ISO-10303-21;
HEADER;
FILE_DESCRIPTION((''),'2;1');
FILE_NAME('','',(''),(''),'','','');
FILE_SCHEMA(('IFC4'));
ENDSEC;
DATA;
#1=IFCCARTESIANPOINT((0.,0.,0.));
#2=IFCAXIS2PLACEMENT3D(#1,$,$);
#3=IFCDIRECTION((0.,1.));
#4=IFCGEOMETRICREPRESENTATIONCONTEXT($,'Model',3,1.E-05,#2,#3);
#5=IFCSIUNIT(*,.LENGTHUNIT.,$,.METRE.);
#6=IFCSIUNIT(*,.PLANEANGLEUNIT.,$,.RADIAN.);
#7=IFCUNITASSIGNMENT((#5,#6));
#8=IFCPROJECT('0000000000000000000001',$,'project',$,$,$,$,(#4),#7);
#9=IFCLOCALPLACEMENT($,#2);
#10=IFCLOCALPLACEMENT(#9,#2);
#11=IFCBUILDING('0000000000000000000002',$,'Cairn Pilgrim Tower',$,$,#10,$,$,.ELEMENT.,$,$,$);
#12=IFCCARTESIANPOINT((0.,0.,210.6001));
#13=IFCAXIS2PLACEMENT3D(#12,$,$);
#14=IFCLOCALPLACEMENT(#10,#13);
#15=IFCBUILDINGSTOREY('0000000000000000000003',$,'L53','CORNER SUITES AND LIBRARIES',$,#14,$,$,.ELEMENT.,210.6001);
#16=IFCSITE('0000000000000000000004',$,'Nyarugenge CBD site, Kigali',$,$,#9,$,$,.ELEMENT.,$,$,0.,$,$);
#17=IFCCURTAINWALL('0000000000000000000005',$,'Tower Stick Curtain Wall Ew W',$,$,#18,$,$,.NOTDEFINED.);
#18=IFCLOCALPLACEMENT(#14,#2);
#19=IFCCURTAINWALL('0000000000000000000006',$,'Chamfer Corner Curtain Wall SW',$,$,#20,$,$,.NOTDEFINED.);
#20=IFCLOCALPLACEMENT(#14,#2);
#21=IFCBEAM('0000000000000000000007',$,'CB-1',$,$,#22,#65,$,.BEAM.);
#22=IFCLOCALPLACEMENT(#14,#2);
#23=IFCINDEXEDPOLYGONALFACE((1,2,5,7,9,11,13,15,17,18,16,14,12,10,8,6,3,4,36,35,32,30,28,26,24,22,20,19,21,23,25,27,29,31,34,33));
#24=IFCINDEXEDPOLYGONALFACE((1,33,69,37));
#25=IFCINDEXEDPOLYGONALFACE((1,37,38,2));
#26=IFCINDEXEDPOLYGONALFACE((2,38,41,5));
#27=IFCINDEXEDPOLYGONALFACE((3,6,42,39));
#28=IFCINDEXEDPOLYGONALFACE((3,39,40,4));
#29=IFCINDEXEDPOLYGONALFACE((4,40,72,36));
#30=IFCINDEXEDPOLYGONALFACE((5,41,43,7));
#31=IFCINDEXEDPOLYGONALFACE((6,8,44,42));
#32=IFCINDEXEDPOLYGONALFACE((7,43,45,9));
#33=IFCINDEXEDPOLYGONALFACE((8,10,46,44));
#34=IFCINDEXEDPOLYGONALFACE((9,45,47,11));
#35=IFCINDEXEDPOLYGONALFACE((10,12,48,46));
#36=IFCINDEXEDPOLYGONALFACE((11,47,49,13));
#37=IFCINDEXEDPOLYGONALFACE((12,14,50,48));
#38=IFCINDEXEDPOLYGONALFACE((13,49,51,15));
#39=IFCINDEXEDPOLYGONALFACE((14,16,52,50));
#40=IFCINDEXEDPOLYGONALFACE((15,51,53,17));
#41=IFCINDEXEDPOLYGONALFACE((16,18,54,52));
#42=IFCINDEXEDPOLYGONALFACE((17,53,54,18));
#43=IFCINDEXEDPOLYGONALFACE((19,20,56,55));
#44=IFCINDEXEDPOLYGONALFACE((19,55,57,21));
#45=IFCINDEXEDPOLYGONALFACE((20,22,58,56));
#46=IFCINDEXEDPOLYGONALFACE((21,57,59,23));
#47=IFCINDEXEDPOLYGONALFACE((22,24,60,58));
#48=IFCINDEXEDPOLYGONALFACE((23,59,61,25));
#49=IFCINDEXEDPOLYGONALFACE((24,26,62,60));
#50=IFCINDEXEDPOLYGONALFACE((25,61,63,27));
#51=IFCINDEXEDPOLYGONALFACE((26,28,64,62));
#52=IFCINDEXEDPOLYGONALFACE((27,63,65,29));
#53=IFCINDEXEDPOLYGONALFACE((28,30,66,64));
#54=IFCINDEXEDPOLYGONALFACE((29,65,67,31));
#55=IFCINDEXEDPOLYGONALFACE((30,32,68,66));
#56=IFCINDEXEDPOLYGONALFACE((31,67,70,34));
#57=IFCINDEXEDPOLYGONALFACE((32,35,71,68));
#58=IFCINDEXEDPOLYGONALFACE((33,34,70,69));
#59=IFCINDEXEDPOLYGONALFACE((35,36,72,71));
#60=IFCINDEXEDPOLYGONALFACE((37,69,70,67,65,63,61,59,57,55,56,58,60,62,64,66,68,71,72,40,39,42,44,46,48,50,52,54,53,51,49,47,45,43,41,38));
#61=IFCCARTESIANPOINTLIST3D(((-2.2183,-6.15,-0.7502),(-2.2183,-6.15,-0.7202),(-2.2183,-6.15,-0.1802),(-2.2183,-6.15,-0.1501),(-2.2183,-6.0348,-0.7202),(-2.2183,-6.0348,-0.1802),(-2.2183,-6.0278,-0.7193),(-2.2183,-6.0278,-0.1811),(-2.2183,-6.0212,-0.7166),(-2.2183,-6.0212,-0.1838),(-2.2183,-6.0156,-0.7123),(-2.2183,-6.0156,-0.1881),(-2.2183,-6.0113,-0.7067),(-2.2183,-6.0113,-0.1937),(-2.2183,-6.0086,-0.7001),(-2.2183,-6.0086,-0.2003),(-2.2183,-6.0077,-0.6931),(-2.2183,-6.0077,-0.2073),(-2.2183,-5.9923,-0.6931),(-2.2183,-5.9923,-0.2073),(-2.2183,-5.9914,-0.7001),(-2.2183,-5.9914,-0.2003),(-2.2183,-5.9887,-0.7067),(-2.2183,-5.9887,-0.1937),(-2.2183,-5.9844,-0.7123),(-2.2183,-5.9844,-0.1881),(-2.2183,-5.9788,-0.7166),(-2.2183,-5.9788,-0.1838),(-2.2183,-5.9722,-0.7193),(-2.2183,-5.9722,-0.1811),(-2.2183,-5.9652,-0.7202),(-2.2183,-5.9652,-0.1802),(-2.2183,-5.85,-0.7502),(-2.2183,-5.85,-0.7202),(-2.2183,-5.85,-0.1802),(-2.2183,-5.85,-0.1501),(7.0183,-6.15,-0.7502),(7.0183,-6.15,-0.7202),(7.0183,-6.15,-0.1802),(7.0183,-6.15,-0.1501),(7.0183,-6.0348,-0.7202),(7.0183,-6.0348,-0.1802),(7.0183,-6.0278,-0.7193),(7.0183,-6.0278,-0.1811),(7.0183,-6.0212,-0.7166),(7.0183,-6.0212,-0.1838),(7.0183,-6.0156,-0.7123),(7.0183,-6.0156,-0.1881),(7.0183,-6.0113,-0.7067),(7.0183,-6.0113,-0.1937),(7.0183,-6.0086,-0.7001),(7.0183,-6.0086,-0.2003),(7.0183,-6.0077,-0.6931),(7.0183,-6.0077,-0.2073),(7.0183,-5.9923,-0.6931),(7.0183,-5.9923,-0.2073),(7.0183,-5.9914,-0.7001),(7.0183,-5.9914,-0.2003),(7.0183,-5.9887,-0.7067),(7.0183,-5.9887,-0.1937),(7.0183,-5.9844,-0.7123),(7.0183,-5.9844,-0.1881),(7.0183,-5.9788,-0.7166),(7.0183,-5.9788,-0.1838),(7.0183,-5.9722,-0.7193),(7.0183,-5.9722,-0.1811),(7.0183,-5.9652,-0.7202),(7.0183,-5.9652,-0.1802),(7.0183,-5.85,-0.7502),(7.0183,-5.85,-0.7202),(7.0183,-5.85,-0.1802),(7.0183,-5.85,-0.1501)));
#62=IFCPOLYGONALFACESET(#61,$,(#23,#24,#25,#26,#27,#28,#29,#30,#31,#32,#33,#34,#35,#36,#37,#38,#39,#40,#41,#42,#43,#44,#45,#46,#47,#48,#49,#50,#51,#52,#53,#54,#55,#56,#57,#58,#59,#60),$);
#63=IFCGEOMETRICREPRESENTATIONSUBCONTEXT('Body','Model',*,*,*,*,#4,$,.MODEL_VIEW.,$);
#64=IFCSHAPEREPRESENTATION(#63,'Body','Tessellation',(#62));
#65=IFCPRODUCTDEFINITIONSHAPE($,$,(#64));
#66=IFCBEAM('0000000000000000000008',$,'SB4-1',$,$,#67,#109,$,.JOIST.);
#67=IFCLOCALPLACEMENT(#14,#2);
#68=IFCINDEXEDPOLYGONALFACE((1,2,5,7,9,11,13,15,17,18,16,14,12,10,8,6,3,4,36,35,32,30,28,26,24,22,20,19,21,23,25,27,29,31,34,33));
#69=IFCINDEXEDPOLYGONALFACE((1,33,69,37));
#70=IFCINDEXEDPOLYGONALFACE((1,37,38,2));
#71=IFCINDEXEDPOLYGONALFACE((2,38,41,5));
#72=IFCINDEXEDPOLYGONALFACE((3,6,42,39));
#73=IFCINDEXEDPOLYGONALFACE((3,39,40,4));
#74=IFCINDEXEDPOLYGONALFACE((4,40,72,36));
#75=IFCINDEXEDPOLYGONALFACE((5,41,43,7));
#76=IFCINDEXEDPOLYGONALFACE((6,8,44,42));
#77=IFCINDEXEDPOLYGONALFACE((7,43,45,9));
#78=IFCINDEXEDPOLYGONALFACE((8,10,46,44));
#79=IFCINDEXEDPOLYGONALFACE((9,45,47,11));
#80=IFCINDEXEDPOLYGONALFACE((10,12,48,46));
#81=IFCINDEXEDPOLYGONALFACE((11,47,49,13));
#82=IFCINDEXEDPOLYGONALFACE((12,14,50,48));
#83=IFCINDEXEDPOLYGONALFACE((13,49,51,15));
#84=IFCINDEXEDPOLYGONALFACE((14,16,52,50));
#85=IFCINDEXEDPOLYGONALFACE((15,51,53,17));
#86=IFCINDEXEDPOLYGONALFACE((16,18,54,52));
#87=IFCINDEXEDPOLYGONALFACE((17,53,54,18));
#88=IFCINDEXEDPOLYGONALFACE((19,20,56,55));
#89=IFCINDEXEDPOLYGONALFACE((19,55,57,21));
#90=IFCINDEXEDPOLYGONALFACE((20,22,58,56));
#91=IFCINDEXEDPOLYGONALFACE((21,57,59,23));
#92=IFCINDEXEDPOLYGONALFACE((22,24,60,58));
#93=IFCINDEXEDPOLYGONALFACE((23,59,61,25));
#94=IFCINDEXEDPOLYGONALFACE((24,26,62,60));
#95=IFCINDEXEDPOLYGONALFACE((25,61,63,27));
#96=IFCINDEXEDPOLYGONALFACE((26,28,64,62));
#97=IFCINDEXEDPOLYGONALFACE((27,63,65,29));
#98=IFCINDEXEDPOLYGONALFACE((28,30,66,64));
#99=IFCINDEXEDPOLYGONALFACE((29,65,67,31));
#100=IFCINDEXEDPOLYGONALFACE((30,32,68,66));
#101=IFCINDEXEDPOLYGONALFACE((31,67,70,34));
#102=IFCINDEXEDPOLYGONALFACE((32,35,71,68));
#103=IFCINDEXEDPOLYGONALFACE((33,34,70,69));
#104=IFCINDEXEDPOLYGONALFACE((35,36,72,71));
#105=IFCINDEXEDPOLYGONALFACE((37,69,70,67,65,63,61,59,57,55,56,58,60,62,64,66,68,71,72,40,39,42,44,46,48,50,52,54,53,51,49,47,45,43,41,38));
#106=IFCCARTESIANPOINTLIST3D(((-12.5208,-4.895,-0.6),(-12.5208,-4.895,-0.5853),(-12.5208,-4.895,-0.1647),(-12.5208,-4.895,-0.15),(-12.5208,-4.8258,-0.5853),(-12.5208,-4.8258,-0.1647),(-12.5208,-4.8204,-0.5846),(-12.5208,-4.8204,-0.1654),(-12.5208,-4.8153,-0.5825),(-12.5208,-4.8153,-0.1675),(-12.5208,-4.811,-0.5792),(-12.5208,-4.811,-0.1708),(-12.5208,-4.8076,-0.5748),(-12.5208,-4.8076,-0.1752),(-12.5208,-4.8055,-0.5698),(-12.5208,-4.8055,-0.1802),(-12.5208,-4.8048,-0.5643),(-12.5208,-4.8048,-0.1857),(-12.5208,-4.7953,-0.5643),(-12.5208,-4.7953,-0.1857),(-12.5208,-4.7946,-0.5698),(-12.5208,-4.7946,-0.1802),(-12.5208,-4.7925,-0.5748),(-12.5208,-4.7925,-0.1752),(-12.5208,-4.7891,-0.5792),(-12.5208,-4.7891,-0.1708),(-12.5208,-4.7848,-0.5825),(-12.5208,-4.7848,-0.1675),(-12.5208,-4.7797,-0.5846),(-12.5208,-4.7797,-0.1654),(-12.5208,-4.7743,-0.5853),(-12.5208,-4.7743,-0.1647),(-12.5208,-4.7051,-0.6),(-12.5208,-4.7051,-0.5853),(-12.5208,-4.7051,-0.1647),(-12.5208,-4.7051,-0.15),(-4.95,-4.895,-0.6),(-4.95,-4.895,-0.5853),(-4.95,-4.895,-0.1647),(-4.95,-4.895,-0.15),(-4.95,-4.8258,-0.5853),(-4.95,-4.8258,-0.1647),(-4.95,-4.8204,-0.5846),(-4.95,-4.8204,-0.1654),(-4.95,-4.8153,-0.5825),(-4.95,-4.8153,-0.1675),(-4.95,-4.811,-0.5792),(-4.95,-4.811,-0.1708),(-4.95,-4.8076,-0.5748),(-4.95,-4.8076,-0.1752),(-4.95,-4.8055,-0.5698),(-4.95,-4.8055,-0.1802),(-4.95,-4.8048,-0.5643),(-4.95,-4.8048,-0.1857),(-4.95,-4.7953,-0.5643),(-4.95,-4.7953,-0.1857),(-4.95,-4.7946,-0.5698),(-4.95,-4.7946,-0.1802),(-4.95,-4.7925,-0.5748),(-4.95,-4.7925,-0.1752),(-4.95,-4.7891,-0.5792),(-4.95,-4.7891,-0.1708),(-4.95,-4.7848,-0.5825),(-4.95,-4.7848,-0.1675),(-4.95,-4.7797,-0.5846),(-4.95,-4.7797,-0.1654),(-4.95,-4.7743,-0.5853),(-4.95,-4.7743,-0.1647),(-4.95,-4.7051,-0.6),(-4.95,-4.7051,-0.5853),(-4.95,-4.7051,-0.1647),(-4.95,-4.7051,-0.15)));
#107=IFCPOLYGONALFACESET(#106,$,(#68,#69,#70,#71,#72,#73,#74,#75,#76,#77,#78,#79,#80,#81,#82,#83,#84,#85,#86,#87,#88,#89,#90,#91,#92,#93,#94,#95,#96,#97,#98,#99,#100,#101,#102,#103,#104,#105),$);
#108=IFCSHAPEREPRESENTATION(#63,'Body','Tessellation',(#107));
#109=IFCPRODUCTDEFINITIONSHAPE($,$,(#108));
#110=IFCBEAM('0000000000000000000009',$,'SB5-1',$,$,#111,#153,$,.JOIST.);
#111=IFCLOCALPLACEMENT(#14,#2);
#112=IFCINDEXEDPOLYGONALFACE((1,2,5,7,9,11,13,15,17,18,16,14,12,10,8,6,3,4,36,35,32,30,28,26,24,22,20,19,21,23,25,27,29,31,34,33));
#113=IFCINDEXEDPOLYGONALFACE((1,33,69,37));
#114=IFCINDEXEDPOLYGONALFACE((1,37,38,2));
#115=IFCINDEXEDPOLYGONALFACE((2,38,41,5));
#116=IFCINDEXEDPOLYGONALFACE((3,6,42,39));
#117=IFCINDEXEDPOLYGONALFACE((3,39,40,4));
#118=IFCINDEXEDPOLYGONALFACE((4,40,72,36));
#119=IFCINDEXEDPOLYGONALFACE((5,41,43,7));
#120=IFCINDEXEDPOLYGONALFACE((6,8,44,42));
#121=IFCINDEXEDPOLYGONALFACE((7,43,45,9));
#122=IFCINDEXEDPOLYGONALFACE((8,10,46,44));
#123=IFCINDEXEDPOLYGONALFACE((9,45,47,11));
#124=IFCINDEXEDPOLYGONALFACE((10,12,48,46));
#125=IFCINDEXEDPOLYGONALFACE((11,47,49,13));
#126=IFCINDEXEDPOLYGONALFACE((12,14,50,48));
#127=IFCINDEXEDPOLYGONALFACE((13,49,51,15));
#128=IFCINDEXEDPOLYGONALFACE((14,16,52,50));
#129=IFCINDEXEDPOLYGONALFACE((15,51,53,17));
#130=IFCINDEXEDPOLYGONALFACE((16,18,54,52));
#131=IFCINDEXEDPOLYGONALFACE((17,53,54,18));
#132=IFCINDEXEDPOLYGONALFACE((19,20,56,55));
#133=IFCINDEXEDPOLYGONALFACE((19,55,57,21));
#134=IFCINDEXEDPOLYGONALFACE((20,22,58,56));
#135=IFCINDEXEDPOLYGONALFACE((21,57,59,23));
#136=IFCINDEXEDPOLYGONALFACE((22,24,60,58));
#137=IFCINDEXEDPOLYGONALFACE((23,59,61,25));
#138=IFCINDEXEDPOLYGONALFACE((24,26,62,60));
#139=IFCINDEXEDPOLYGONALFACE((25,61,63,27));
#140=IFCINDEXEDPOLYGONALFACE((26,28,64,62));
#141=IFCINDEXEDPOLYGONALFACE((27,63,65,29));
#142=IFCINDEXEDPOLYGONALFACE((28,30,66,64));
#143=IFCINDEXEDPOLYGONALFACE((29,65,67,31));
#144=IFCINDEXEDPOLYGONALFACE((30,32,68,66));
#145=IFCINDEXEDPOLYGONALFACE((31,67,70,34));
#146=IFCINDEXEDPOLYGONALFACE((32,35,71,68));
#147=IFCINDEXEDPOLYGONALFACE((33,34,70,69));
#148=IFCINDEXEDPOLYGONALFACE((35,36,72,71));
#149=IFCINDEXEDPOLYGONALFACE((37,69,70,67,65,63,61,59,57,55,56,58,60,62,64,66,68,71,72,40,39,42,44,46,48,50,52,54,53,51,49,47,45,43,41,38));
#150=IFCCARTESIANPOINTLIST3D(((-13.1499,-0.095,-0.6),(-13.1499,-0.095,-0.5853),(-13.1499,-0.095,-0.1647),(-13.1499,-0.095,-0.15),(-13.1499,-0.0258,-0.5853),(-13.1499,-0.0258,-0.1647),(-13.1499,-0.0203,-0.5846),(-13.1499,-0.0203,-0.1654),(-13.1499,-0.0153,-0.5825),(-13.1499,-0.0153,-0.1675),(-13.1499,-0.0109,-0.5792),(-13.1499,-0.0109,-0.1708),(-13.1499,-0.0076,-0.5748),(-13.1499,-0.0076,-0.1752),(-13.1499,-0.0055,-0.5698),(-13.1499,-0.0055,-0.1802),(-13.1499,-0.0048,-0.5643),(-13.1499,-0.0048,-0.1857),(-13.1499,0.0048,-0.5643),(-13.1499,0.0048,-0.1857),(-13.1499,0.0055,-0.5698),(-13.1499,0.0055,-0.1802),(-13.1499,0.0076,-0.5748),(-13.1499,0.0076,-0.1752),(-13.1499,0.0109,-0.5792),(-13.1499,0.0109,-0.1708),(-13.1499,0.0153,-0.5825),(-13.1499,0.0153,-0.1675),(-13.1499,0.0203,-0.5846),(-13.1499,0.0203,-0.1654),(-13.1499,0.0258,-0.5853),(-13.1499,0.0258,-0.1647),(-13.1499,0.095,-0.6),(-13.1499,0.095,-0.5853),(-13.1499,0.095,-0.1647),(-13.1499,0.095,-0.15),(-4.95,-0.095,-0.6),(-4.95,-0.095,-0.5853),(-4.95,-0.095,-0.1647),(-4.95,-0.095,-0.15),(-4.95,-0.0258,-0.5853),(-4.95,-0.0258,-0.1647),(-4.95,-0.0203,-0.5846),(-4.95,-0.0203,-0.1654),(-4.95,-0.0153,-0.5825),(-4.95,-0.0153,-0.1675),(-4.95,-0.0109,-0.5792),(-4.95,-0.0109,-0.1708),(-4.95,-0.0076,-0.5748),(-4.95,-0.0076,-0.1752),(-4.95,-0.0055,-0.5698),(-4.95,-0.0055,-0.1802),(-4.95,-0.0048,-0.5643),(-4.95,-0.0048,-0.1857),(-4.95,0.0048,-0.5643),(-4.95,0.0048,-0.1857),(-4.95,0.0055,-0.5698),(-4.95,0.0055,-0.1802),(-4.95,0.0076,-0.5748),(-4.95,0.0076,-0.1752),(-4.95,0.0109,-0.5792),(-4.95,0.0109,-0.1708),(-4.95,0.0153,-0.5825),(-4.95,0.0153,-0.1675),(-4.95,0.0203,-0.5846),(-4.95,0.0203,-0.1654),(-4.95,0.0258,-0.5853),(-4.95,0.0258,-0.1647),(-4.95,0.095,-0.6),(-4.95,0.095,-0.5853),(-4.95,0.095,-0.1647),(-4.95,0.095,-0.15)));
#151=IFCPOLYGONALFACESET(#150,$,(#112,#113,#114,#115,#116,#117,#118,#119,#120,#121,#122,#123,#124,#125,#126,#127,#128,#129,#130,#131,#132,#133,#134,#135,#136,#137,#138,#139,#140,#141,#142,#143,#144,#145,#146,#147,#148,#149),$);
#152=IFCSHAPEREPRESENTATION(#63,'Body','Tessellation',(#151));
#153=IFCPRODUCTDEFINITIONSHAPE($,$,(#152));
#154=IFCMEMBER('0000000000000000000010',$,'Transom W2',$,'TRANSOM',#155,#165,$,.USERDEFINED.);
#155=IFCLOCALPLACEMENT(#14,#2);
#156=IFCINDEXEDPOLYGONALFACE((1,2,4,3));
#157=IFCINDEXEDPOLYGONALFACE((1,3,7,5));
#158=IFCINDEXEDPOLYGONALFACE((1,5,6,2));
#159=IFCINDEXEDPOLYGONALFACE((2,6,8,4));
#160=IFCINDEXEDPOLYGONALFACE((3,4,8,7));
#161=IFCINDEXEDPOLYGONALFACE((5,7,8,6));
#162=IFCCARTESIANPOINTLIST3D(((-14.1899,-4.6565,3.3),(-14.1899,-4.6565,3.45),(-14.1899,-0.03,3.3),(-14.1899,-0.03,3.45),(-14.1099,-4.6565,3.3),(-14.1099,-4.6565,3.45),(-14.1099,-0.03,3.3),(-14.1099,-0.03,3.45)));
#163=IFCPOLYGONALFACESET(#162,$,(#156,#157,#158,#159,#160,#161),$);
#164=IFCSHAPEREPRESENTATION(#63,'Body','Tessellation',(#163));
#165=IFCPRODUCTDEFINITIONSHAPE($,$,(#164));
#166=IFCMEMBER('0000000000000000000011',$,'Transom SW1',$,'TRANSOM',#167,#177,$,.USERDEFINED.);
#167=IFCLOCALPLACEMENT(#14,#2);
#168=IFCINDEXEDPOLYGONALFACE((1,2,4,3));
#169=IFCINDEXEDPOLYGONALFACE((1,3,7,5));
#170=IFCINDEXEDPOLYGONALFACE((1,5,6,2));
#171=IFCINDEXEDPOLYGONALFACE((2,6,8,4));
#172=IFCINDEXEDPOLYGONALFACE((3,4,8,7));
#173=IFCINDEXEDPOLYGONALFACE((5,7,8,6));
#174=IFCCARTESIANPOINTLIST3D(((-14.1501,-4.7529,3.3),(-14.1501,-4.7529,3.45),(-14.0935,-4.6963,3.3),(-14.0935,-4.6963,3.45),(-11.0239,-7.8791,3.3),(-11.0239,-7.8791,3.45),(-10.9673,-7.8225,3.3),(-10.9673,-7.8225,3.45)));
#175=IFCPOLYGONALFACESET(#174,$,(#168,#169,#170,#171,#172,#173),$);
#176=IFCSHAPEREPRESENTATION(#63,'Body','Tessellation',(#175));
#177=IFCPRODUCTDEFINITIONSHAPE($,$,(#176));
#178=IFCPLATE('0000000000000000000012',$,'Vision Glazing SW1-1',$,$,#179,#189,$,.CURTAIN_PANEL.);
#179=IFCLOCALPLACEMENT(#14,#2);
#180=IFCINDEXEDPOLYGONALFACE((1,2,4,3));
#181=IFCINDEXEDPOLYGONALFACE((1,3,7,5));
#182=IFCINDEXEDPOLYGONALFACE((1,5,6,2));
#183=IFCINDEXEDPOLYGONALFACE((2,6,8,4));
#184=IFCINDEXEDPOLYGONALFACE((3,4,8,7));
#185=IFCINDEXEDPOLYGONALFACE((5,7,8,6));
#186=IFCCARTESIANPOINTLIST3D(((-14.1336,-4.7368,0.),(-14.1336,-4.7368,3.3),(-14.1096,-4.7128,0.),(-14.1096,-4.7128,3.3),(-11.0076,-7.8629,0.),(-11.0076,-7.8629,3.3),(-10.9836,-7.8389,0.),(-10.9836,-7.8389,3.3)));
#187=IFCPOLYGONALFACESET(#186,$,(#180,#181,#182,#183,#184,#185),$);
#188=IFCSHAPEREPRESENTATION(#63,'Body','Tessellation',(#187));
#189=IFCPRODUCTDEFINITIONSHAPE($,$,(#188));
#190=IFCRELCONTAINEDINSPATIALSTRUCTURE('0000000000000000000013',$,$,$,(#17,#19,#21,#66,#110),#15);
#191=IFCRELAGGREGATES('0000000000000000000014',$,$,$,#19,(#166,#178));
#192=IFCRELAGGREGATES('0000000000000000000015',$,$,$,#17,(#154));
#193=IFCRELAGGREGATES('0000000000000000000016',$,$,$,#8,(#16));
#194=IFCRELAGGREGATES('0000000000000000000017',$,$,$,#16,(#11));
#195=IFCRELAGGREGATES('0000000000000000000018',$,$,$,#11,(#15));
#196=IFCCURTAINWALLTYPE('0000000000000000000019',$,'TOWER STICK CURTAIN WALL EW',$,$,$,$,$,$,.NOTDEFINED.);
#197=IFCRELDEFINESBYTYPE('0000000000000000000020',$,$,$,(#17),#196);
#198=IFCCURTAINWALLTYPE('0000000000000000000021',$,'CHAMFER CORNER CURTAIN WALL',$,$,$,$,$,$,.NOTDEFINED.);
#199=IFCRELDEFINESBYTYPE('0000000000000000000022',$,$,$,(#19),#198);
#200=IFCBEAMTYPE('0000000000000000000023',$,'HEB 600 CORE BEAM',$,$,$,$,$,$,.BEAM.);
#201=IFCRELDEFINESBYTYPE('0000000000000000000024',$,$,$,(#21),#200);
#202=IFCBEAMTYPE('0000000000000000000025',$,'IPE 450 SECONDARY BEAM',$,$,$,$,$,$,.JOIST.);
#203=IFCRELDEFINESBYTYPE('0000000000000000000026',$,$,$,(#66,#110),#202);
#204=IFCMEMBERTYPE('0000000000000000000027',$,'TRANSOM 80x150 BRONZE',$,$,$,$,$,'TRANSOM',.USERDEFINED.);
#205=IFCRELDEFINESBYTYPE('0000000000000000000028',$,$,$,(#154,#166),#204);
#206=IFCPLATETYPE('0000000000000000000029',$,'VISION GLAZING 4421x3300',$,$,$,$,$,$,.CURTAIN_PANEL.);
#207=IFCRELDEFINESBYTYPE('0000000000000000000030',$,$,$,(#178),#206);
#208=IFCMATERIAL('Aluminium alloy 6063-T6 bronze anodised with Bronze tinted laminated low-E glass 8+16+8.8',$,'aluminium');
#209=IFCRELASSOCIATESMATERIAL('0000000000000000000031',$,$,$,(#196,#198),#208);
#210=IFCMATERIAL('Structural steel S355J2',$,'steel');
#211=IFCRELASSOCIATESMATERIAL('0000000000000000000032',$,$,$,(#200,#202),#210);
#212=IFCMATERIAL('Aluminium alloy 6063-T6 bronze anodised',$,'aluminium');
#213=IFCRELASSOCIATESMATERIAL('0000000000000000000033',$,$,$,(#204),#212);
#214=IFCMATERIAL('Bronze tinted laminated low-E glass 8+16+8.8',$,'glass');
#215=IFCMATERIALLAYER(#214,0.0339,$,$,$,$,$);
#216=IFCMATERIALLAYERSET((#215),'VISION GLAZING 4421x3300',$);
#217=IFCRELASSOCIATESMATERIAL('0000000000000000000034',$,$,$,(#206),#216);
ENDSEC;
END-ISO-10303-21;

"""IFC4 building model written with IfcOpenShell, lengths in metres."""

from ifc_helpers import new_model, si_unit, direction, frame, origin, origin_2d, place, context, subcontext, project, spatial, rectangle, i_section, extrude, material, layer, layer_set, material_profile, profile_set, type_object, element, aggregate, save


model = new_model("IFC4")

# Units and contexts
model_context = context("Model", 3, precision=1e-05, world=origin(), true_north=direction((0.0, 1.0)))
body_context = subcontext(model_context, "Body", "Model", "MODEL_VIEW")
ifc_project = project(units=[si_unit("LENGTHUNIT", "METRE"), si_unit("PLANEANGLEUNIT", "RADIAN")], contexts=[model_context])

# Site, building, storey
site_placement = place(None, origin())
site = spatial("IfcSite", under=ifc_project, at=site_placement, Name="Nyarugenge CBD site, Kigali", CompositionType="ELEMENT", RefElevation=0.0)
building_placement = place(site_placement, origin())
building = spatial("IfcBuilding", under=site, at=building_placement, Name="Cairn Pilgrim Tower", CompositionType="ELEMENT")
storey_placement = place(building_placement, frame((0.0, 0.0, 210.6001)))
storey = spatial("IfcBuildingStorey", under=building, at=storey_placement, Name="L53", Description="CORNER SUITES AND LIBRARIES", CompositionType="ELEMENT", Elevation=210.6001)

# Curtain wall
ifc_material_1 = material(Name="Aluminium alloy 6063-T6 bronze anodised with Bronze tinted laminated low-E glass 8+16+8.8", Category="aluminium")
curtain_wall_type_1 = type_object("IfcCurtainWallType", Name="TOWER STICK CURTAIN WALL EW", PredefinedType="NOTDEFINED", material=ifc_material_1)
curtain_wall_1_placement = place(storey_placement, origin())
curtain_wall_1 = element("IfcCurtainWall", 1, at=curtain_wall_1_placement, inside=storey, type_object=curtain_wall_type_1, Name="Tower Stick Curtain Wall Ew W", PredefinedType="NOTDEFINED")
ifc_material_2 = material(Name="Aluminium alloy 6063-T6 bronze anodised", Category="aluminium")

# Curtain wall
curtain_wall_type_2 = type_object("IfcCurtainWallType", Name="CHAMFER CORNER CURTAIN WALL", PredefinedType="NOTDEFINED", material=ifc_material_1)
curtain_wall_2_placement = place(storey_placement, origin())
curtain_wall_2 = element("IfcCurtainWall", 2, at=curtain_wall_2_placement, inside=storey, type_object=curtain_wall_type_2, Name="Chamfer Corner Curtain Wall SW", PredefinedType="NOTDEFINED")

# Shared definitions
ifc_material_3 = material(Name="Structural steel S355J2", Category="steel")

# Beams
ifc_material_profile_1 = material_profile(ifc_material_3, i_section(OverallWidth=0.3, OverallDepth=0.6001, WebThickness=0.0154, FlangeThickness=0.03, FilletRadius=0.0271, at=origin_2d()), Name="HEB 600")
ifc_profile_set_1 = profile_set([ifc_material_profile_1], Name="Structural steel S355J2")
beam_type_1 = type_object("IfcBeamType", Name="HEB 600 CORE BEAM", PredefinedType="BEAM", material=ifc_profile_set_1)
beam_1_placement = place(storey_placement, frame((-2.2183, -6.0, -0.4502), z_axis=(1.0, 0.0, 0.0), x_axis=(0.0, 1.0, 0.0)))
element("IfcBeam", 3, at=beam_1_placement, inside=storey, type_object=beam_type_1, Name="CB-1", PredefinedType="BEAM", context=body_context, shape_type="SweptSolid", body=[
    extrude(i_section(OverallWidth=0.3, OverallDepth=0.6001, WebThickness=0.0154, FlangeThickness=0.03, FilletRadius=0.0271, at=origin_2d()), origin(), (0.0, 0.0, 1.0), 9.2366),
])
ifc_material_profile_2 = material_profile(ifc_material_3, i_section(OverallWidth=0.1899, OverallDepth=0.45, WebThickness=0.0095, FlangeThickness=0.0146, FilletRadius=0.021, at=origin_2d()), Name="IPE 450")
ifc_profile_set_2 = profile_set([ifc_material_profile_2], Name="Structural steel S355J2")
beam_type_2 = type_object("IfcBeamType", Name="IPE 450 SECONDARY BEAM", PredefinedType="JOIST", material=ifc_profile_set_2)
beam_2_placement = place(storey_placement, frame((-12.5208, -4.8, -0.375), z_axis=(1.0, 0.0, 0.0), x_axis=(0.0, 1.0, 0.0)))
element("IfcBeam", 4, at=beam_2_placement, inside=storey, type_object=beam_type_2, Name="SB4-1", PredefinedType="JOIST", context=body_context, shape_type="SweptSolid", body=[
    extrude(i_section(OverallWidth=0.1899, OverallDepth=0.45, WebThickness=0.0095, FlangeThickness=0.0146, FilletRadius=0.021, at=origin_2d()), origin(), (0.0, 0.0, 1.0), 7.5708),
])
beam_3_placement = place(storey_placement, frame((-13.1499, 0.0, -0.375), z_axis=(1.0, 0.0, 0.0), x_axis=(0.0, 1.0, 0.0)))
element("IfcBeam", 5, at=beam_3_placement, inside=storey, type_object=beam_type_2, Name="SB5-1", PredefinedType="JOIST", context=body_context, shape_type="SweptSolid", body=[
    extrude(i_section(OverallWidth=0.1899, OverallDepth=0.45, WebThickness=0.0095, FlangeThickness=0.0146, FilletRadius=0.021, at=origin_2d()), origin(), (0.0, 0.0, 1.0), 8.2),
])

# Members
ifc_material_profile_3 = material_profile(ifc_material_2, rectangle(XDim=0.0801, YDim=0.1499, at=origin_2d()), Name="TRANSOM 80x150 BRONZE")
ifc_profile_set_3 = profile_set([ifc_material_profile_3], Name="Aluminium alloy 6063-T6 bronze anodised")
member_type_1 = type_object("IfcMemberType", Name="TRANSOM 80x150 BRONZE", ElementType="TRANSOM", PredefinedType="USERDEFINED", material=ifc_profile_set_3)
member_1_placement = place(storey_placement, frame((-14.1499, -0.03, 3.375), z_axis=(0.0, -1.0, 0.0), x_axis=(1.0, 0.0, 0.0)))
member_1 = element("IfcMember", 6, at=member_1_placement, type_object=member_type_1, Name="Transom W2", ObjectType="TRANSOM", PredefinedType="USERDEFINED", context=body_context, shape_type="SweptSolid", body=[
    extrude(rectangle(XDim=0.0801, YDim=0.1499, at=origin_2d()), origin(), (0.0, 0.0, 1.0), 4.6265),
])
member_2_placement = place(storey_placement, frame((-14.1218, -4.7246, 3.375), z_axis=(0.707107, -0.707107, 0.0), x_axis=(0.707107, 0.707107, 0.0)))
member_2 = element("IfcMember", 7, at=member_2_placement, type_object=member_type_1, Name="Transom SW1", ObjectType="TRANSOM", PredefinedType="USERDEFINED", context=body_context, shape_type="SweptSolid", body=[
    extrude(rectangle(XDim=0.0801, YDim=0.1499, at=origin_2d()), origin(), (0.0, 0.0, 1.0), 4.4211),
])

# Plate
ifc_material_4 = material(Name="Bronze tinted laminated low-E glass 8+16+8.8", Category="glass")
ifc_layer_1 = layer(ifc_material_4, 0.0339)
ifc_layer_set_1 = layer_set([ifc_layer_1], Name="VISION GLAZING 4421x3300")
plate_type_1 = type_object("IfcPlateType", Name="VISION GLAZING 4421x3300", PredefinedType="CURTAIN_PANEL", material=ifc_layer_set_1)
plate_1_placement = place(storey_placement, frame((-12.5586, -6.2878, 0.0), z_axis=(0.0, 0.0, 1.0), x_axis=(0.707107, -0.707107, 0.0)))
plate_1 = element("IfcPlate", 8, at=plate_1_placement, type_object=plate_type_1, Name="Vision Glazing SW1-1", PredefinedType="CURTAIN_PANEL", context=body_context, shape_type="SweptSolid", body=[
    extrude(rectangle(XDim=4.4209, YDim=0.0339, at=origin_2d()), origin(), (0.0, 0.0, 1.0), 3.3),
])
aggregate(curtain_wall_2, [member_2, plate_1])
aggregate(curtain_wall_1, [member_1])

save(model, "model.ifc")
